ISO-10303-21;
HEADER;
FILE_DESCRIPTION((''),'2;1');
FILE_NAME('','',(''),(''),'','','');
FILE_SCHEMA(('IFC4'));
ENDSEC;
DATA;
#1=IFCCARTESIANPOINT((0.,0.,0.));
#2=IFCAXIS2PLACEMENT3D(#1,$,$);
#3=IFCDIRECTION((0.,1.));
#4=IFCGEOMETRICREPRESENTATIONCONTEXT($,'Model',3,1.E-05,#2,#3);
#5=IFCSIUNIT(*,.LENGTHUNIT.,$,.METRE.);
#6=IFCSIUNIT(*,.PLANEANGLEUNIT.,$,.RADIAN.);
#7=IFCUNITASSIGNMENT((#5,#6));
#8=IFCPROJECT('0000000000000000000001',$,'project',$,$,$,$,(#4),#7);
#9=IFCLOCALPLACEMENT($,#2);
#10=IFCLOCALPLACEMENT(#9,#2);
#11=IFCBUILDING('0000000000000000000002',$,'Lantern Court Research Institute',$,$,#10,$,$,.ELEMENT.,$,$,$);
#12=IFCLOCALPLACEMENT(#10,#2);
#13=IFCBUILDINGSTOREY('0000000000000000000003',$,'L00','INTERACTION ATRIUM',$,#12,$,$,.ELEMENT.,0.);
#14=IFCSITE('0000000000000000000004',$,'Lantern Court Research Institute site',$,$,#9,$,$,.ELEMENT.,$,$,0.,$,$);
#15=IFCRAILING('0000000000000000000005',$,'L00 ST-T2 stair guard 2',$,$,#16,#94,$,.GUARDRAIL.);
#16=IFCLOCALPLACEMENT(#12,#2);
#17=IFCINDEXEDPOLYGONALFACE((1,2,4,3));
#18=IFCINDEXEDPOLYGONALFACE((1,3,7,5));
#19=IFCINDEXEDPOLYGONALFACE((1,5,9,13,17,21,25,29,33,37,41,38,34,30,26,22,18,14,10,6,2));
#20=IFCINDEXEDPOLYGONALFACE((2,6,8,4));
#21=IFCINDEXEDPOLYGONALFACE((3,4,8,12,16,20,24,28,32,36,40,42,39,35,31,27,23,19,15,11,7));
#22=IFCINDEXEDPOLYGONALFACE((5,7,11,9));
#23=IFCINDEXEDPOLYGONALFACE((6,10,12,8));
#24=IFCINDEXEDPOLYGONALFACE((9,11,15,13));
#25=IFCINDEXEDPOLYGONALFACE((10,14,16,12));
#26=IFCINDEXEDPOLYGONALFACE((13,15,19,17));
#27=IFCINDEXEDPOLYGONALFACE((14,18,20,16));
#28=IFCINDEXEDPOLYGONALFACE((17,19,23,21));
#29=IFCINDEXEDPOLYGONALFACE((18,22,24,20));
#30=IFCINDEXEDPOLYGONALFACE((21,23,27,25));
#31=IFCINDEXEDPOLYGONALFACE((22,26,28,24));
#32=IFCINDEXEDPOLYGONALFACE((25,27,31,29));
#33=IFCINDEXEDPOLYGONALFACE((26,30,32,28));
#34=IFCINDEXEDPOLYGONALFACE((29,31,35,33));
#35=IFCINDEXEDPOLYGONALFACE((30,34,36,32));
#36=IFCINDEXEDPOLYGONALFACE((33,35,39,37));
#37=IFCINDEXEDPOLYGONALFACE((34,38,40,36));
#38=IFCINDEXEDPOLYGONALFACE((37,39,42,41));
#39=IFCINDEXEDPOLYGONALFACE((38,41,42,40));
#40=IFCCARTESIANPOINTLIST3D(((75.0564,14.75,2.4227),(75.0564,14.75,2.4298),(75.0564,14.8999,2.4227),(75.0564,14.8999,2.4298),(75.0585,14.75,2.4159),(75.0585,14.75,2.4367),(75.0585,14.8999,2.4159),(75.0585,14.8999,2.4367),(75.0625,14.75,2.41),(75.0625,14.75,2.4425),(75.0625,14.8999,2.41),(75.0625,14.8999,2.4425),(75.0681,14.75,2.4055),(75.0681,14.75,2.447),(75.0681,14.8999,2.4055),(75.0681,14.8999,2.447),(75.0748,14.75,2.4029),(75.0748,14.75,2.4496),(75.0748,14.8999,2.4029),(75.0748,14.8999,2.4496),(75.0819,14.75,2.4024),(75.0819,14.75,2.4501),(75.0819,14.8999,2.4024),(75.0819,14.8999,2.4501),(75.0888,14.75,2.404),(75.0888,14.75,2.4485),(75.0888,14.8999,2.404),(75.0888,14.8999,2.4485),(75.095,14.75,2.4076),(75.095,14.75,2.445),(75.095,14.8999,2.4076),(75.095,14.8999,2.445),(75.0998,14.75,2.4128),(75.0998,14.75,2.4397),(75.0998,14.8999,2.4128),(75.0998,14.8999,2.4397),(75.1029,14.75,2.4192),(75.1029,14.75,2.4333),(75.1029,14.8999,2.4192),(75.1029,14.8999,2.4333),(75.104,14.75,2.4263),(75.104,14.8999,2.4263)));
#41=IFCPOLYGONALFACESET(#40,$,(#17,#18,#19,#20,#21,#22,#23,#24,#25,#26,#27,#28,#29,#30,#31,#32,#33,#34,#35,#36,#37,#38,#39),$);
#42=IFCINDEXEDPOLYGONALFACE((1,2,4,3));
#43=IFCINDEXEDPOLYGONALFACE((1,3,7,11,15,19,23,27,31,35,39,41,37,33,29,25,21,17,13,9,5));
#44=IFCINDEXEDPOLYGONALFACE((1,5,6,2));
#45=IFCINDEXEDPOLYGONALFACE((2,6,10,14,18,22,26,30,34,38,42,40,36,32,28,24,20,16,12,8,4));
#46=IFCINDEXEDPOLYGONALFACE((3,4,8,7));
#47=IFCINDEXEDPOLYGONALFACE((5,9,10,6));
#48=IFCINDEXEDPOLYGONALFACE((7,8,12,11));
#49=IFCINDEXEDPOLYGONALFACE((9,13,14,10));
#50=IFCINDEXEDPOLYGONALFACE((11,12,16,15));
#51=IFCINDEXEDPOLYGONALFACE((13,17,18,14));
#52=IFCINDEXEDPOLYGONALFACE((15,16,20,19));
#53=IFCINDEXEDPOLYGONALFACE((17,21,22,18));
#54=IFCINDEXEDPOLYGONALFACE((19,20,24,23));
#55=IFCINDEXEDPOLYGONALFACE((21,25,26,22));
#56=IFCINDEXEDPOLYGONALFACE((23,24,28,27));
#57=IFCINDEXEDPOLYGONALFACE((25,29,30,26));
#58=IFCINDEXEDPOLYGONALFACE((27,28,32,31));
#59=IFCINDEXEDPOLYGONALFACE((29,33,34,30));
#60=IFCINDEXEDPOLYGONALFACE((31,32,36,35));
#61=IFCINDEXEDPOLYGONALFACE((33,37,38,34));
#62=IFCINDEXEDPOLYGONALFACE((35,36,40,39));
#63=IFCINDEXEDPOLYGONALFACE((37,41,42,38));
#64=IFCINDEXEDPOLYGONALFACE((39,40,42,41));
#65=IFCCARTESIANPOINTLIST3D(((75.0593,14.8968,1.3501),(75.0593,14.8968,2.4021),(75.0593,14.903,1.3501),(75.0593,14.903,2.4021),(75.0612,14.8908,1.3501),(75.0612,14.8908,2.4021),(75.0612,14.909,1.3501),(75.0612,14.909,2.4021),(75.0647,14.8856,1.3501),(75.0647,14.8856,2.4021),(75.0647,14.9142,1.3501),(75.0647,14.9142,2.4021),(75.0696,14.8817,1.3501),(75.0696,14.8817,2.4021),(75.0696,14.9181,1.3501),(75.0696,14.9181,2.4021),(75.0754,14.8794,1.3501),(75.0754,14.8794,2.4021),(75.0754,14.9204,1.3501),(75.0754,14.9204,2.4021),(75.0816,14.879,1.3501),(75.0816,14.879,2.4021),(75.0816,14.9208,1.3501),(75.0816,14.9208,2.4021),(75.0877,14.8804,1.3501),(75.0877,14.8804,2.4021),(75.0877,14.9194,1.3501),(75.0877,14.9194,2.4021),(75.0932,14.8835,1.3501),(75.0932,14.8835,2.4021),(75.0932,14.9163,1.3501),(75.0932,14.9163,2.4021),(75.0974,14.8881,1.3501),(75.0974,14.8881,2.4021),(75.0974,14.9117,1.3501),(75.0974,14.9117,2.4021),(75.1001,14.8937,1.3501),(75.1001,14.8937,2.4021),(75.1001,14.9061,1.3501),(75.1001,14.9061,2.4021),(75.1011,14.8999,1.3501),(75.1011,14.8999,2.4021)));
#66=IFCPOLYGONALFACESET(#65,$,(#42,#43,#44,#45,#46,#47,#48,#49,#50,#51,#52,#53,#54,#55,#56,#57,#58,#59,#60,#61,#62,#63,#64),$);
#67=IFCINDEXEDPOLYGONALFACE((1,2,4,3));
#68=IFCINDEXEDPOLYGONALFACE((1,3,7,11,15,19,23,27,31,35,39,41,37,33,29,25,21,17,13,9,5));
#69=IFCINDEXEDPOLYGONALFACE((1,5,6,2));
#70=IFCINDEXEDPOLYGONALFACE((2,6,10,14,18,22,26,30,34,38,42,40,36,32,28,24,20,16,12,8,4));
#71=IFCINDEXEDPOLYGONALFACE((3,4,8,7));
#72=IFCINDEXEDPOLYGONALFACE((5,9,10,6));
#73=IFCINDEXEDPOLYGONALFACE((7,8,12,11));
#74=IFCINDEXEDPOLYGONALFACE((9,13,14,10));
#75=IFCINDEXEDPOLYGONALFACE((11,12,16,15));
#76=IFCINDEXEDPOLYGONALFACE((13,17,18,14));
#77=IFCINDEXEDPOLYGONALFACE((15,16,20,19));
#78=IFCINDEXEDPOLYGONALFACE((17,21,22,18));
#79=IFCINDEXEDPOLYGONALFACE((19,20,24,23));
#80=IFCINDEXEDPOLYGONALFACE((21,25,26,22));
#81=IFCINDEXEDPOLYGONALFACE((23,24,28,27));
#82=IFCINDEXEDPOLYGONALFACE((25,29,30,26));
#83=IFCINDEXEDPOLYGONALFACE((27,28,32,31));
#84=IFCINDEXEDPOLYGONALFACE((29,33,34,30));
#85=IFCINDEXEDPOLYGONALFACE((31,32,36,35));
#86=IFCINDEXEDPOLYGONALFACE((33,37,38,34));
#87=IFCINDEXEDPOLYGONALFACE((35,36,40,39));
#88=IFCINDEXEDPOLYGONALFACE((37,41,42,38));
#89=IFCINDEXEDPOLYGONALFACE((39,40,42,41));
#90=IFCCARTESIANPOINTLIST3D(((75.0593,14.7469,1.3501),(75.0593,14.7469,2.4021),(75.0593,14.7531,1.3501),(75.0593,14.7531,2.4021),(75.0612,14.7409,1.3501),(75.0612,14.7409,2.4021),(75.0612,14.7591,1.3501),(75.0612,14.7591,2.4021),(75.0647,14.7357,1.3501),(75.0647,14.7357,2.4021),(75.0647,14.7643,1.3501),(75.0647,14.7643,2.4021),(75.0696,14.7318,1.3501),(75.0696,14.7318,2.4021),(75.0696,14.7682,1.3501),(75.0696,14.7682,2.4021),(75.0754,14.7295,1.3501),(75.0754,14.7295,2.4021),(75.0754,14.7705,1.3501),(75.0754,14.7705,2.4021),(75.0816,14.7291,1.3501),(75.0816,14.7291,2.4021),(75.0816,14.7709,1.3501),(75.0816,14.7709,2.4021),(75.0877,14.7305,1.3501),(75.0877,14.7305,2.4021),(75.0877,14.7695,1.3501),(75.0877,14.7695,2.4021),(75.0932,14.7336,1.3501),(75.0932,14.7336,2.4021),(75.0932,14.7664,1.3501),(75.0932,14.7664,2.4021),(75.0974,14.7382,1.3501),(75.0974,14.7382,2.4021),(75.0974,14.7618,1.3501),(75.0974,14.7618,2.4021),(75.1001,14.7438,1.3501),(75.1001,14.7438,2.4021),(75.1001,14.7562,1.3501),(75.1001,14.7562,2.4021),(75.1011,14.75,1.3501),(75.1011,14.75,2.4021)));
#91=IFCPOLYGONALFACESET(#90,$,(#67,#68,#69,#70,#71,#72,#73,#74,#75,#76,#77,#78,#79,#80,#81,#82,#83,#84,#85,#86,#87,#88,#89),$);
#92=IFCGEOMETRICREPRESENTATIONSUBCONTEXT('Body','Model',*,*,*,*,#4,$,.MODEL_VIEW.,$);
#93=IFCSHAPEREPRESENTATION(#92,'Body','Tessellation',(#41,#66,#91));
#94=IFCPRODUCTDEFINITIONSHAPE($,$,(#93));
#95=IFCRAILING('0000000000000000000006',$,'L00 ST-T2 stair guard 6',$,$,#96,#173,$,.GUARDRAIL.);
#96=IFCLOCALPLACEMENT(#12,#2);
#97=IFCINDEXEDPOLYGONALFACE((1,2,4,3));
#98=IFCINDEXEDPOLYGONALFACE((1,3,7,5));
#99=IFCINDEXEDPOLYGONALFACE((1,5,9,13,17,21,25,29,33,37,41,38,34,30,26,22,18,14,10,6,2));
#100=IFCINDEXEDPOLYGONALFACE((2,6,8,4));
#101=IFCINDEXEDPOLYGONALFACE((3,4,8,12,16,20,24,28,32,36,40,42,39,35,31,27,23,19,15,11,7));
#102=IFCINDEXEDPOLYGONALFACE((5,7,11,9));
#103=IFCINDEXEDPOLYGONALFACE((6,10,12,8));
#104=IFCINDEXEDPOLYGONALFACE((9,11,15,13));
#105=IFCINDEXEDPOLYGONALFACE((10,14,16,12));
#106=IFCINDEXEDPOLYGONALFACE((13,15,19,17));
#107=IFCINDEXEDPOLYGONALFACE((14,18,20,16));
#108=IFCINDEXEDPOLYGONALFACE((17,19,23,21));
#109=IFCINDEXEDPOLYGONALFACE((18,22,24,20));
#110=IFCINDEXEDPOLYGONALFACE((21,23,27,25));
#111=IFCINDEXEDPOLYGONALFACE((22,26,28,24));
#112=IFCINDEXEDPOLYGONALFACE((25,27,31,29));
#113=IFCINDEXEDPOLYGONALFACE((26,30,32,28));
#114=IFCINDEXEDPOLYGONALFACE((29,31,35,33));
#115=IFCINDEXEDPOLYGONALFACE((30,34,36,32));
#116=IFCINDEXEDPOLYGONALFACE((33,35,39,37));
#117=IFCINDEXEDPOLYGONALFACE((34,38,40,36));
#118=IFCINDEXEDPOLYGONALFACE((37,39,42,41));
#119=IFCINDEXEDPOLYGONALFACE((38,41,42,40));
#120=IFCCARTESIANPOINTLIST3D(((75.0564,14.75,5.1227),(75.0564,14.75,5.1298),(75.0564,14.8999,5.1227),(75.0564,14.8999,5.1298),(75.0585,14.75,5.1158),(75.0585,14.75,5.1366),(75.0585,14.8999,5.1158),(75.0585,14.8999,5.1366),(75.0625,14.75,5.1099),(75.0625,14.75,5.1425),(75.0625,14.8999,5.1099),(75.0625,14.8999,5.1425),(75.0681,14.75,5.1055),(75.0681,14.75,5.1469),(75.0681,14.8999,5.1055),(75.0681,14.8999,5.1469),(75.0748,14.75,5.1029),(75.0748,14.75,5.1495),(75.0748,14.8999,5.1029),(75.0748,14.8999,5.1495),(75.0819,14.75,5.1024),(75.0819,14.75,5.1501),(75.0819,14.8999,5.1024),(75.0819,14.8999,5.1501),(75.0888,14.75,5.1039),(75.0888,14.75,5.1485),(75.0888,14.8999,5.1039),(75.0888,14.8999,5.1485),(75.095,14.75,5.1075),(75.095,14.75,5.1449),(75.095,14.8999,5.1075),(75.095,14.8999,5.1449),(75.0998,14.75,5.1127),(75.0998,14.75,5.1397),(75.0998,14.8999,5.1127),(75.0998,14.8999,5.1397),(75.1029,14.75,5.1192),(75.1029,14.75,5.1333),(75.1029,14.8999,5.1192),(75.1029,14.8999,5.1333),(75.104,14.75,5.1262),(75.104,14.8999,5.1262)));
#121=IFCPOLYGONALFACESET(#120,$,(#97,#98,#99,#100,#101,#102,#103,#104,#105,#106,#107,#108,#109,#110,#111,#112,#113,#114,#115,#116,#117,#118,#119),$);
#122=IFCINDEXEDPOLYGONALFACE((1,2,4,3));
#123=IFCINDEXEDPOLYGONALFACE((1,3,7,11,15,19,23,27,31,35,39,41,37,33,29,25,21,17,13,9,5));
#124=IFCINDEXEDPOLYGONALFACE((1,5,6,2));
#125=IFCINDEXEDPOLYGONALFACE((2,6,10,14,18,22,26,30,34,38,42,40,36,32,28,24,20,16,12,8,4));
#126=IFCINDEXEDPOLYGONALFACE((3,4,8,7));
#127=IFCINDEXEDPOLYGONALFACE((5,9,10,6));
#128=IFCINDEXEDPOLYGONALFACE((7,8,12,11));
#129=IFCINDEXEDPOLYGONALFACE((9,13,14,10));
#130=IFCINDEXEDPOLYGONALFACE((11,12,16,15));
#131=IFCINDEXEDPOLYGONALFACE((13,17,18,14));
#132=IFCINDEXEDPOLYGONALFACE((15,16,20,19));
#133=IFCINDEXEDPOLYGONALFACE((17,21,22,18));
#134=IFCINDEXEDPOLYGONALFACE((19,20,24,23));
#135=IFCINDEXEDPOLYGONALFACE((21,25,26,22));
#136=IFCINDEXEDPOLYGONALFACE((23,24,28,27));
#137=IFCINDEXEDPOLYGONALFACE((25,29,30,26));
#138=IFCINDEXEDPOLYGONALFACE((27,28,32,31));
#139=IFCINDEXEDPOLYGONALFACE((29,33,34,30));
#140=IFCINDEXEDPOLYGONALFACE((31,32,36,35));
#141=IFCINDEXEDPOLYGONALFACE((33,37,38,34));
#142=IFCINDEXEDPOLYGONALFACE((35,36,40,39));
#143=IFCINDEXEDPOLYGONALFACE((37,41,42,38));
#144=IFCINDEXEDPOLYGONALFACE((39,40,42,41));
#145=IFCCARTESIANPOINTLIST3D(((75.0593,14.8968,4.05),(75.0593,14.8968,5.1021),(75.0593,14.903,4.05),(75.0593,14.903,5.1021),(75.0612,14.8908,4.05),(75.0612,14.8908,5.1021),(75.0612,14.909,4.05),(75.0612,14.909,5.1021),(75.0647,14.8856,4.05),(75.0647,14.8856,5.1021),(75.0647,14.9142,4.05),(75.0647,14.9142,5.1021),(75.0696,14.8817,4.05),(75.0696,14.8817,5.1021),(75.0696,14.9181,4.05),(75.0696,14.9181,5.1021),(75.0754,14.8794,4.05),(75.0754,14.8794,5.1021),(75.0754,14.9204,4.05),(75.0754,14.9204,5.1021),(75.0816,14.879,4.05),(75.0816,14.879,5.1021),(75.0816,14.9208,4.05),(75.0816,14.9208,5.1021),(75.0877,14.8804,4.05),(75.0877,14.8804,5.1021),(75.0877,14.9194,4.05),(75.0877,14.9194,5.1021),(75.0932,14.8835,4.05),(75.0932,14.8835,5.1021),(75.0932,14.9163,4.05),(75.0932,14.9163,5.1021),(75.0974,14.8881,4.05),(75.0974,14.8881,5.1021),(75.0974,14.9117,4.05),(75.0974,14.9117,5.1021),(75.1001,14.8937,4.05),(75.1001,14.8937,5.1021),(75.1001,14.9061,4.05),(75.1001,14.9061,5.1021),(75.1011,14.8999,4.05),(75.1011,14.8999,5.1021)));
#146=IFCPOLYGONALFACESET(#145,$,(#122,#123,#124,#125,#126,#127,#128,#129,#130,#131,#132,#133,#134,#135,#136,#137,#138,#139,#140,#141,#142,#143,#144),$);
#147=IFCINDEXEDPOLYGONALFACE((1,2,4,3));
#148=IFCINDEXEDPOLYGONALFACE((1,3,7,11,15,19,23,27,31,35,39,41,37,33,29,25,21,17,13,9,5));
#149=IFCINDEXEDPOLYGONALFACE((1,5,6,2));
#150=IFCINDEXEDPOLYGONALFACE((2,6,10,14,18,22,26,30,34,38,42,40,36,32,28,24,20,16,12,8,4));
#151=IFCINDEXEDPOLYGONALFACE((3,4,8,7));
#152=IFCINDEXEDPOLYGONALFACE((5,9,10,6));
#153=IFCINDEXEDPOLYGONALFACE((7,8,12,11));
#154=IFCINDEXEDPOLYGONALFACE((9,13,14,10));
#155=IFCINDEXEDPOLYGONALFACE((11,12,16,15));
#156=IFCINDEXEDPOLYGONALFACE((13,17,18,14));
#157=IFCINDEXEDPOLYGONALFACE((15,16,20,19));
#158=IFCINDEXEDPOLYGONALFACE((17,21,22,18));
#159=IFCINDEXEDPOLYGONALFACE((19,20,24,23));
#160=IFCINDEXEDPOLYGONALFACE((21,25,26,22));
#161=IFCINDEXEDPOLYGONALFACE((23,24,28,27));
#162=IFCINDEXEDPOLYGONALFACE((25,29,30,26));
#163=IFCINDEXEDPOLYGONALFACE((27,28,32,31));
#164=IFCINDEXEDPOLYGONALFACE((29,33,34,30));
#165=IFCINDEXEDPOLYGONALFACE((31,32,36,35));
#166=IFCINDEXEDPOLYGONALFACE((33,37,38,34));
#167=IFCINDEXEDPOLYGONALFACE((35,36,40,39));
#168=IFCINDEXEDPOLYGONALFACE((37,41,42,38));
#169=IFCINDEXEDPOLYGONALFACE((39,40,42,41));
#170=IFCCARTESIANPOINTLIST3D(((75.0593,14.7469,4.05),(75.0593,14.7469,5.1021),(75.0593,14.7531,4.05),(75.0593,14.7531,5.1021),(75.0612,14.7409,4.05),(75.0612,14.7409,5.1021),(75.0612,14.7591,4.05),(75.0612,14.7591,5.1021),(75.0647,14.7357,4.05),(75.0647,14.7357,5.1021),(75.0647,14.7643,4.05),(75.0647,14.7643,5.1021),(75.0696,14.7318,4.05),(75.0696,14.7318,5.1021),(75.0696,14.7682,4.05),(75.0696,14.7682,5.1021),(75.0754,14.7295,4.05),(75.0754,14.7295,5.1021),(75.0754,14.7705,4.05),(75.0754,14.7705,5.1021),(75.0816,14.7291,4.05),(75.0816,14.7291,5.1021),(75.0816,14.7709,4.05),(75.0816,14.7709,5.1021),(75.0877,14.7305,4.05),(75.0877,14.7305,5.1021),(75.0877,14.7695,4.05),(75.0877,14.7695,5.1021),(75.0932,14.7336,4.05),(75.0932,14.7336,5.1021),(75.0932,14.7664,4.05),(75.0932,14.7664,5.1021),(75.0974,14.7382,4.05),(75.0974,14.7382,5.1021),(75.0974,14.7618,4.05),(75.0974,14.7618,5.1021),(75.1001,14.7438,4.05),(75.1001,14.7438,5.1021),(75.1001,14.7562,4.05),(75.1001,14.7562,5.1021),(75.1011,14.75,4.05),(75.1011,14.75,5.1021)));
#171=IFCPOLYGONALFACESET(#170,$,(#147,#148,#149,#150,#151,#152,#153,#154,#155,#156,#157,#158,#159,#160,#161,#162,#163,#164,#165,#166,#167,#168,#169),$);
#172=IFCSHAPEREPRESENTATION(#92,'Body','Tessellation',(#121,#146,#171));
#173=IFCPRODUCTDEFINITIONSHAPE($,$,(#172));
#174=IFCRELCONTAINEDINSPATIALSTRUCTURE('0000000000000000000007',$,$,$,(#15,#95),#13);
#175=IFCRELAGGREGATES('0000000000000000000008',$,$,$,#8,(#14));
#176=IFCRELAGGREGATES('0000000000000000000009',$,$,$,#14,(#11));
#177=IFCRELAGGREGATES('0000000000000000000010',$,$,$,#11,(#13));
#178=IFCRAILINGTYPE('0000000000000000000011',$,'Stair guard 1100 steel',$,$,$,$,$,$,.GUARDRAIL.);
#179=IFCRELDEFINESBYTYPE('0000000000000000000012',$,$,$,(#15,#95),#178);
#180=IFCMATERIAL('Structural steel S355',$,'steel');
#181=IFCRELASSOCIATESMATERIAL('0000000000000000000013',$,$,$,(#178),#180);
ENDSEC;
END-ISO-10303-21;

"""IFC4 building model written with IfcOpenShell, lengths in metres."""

from ifc_helpers import new_model, si_unit, direction, frame, origin, origin_2d, place, context, subcontext, project, spatial, circle, extrude, material, type_object, element, save


model = new_model("IFC4")

# Units and contexts
model_context = context("Model", 3, precision=1e-05, world=origin(), true_north=direction((0.0, 1.0)))
body_context = subcontext(model_context, "Body", "Model", "MODEL_VIEW")
ifc_project = project(units=[si_unit("LENGTHUNIT", "METRE"), si_unit("PLANEANGLEUNIT", "RADIAN")], contexts=[model_context])

# Site, building, storey
site_placement = place(None, origin())
site = spatial("IfcSite", under=ifc_project, at=site_placement, Name="Lantern Court Research Institute site", CompositionType="ELEMENT", RefElevation=0.0)
building_placement = place(site_placement, origin())
building = spatial("IfcBuilding", under=site, at=building_placement, Name="Lantern Court Research Institute", CompositionType="ELEMENT")
storey_placement = place(building_placement, origin())
storey = spatial("IfcBuildingStorey", under=building, at=storey_placement, Name="L00", Description="INTERACTION ATRIUM", CompositionType="ELEMENT", Elevation=0.0)

# Railings
ifc_material_1 = material(Name="Structural steel S355", Category="steel")
railing_type_1 = type_object("IfcRailingType", Name="Stair guard 1100 steel", PredefinedType="GUARDRAIL", material=ifc_material_1)
for number, where, name in (
    (1, (75.0801, 14.8999, 1.3501), "L00 ST-T2 stair guard 2"),
    (2, (75.0801, 14.8999, 4.05), "L00 ST-T2 stair guard 6"),
):
    element("IfcRailing", number, at=place(storey_placement, frame(where)), inside=storey, type_object=railing_type_1, Name=name, PredefinedType="GUARDRAIL", context=body_context, shape_type="SweptSolid", body=[
        extrude(circle(Radius=0.0239, at=origin_2d()), frame((0.0, 0.0, 1.0762), z_axis=(0.0, -1.0, 0.0), x_axis=(1.0, 0.0, 0.0)), (0.0, 0.0, 1.0), 0.1499),
        extrude(circle(Radius=0.021, at=origin_2d()), origin(), (0.0, 0.0, 1.0), 1.052),
        extrude(circle(Radius=0.021, at=origin_2d()), frame((0.0, -0.1499, 0.0)), (0.0, 0.0, 1.0), 1.052),
    ])

save(model, "model.ifc")
